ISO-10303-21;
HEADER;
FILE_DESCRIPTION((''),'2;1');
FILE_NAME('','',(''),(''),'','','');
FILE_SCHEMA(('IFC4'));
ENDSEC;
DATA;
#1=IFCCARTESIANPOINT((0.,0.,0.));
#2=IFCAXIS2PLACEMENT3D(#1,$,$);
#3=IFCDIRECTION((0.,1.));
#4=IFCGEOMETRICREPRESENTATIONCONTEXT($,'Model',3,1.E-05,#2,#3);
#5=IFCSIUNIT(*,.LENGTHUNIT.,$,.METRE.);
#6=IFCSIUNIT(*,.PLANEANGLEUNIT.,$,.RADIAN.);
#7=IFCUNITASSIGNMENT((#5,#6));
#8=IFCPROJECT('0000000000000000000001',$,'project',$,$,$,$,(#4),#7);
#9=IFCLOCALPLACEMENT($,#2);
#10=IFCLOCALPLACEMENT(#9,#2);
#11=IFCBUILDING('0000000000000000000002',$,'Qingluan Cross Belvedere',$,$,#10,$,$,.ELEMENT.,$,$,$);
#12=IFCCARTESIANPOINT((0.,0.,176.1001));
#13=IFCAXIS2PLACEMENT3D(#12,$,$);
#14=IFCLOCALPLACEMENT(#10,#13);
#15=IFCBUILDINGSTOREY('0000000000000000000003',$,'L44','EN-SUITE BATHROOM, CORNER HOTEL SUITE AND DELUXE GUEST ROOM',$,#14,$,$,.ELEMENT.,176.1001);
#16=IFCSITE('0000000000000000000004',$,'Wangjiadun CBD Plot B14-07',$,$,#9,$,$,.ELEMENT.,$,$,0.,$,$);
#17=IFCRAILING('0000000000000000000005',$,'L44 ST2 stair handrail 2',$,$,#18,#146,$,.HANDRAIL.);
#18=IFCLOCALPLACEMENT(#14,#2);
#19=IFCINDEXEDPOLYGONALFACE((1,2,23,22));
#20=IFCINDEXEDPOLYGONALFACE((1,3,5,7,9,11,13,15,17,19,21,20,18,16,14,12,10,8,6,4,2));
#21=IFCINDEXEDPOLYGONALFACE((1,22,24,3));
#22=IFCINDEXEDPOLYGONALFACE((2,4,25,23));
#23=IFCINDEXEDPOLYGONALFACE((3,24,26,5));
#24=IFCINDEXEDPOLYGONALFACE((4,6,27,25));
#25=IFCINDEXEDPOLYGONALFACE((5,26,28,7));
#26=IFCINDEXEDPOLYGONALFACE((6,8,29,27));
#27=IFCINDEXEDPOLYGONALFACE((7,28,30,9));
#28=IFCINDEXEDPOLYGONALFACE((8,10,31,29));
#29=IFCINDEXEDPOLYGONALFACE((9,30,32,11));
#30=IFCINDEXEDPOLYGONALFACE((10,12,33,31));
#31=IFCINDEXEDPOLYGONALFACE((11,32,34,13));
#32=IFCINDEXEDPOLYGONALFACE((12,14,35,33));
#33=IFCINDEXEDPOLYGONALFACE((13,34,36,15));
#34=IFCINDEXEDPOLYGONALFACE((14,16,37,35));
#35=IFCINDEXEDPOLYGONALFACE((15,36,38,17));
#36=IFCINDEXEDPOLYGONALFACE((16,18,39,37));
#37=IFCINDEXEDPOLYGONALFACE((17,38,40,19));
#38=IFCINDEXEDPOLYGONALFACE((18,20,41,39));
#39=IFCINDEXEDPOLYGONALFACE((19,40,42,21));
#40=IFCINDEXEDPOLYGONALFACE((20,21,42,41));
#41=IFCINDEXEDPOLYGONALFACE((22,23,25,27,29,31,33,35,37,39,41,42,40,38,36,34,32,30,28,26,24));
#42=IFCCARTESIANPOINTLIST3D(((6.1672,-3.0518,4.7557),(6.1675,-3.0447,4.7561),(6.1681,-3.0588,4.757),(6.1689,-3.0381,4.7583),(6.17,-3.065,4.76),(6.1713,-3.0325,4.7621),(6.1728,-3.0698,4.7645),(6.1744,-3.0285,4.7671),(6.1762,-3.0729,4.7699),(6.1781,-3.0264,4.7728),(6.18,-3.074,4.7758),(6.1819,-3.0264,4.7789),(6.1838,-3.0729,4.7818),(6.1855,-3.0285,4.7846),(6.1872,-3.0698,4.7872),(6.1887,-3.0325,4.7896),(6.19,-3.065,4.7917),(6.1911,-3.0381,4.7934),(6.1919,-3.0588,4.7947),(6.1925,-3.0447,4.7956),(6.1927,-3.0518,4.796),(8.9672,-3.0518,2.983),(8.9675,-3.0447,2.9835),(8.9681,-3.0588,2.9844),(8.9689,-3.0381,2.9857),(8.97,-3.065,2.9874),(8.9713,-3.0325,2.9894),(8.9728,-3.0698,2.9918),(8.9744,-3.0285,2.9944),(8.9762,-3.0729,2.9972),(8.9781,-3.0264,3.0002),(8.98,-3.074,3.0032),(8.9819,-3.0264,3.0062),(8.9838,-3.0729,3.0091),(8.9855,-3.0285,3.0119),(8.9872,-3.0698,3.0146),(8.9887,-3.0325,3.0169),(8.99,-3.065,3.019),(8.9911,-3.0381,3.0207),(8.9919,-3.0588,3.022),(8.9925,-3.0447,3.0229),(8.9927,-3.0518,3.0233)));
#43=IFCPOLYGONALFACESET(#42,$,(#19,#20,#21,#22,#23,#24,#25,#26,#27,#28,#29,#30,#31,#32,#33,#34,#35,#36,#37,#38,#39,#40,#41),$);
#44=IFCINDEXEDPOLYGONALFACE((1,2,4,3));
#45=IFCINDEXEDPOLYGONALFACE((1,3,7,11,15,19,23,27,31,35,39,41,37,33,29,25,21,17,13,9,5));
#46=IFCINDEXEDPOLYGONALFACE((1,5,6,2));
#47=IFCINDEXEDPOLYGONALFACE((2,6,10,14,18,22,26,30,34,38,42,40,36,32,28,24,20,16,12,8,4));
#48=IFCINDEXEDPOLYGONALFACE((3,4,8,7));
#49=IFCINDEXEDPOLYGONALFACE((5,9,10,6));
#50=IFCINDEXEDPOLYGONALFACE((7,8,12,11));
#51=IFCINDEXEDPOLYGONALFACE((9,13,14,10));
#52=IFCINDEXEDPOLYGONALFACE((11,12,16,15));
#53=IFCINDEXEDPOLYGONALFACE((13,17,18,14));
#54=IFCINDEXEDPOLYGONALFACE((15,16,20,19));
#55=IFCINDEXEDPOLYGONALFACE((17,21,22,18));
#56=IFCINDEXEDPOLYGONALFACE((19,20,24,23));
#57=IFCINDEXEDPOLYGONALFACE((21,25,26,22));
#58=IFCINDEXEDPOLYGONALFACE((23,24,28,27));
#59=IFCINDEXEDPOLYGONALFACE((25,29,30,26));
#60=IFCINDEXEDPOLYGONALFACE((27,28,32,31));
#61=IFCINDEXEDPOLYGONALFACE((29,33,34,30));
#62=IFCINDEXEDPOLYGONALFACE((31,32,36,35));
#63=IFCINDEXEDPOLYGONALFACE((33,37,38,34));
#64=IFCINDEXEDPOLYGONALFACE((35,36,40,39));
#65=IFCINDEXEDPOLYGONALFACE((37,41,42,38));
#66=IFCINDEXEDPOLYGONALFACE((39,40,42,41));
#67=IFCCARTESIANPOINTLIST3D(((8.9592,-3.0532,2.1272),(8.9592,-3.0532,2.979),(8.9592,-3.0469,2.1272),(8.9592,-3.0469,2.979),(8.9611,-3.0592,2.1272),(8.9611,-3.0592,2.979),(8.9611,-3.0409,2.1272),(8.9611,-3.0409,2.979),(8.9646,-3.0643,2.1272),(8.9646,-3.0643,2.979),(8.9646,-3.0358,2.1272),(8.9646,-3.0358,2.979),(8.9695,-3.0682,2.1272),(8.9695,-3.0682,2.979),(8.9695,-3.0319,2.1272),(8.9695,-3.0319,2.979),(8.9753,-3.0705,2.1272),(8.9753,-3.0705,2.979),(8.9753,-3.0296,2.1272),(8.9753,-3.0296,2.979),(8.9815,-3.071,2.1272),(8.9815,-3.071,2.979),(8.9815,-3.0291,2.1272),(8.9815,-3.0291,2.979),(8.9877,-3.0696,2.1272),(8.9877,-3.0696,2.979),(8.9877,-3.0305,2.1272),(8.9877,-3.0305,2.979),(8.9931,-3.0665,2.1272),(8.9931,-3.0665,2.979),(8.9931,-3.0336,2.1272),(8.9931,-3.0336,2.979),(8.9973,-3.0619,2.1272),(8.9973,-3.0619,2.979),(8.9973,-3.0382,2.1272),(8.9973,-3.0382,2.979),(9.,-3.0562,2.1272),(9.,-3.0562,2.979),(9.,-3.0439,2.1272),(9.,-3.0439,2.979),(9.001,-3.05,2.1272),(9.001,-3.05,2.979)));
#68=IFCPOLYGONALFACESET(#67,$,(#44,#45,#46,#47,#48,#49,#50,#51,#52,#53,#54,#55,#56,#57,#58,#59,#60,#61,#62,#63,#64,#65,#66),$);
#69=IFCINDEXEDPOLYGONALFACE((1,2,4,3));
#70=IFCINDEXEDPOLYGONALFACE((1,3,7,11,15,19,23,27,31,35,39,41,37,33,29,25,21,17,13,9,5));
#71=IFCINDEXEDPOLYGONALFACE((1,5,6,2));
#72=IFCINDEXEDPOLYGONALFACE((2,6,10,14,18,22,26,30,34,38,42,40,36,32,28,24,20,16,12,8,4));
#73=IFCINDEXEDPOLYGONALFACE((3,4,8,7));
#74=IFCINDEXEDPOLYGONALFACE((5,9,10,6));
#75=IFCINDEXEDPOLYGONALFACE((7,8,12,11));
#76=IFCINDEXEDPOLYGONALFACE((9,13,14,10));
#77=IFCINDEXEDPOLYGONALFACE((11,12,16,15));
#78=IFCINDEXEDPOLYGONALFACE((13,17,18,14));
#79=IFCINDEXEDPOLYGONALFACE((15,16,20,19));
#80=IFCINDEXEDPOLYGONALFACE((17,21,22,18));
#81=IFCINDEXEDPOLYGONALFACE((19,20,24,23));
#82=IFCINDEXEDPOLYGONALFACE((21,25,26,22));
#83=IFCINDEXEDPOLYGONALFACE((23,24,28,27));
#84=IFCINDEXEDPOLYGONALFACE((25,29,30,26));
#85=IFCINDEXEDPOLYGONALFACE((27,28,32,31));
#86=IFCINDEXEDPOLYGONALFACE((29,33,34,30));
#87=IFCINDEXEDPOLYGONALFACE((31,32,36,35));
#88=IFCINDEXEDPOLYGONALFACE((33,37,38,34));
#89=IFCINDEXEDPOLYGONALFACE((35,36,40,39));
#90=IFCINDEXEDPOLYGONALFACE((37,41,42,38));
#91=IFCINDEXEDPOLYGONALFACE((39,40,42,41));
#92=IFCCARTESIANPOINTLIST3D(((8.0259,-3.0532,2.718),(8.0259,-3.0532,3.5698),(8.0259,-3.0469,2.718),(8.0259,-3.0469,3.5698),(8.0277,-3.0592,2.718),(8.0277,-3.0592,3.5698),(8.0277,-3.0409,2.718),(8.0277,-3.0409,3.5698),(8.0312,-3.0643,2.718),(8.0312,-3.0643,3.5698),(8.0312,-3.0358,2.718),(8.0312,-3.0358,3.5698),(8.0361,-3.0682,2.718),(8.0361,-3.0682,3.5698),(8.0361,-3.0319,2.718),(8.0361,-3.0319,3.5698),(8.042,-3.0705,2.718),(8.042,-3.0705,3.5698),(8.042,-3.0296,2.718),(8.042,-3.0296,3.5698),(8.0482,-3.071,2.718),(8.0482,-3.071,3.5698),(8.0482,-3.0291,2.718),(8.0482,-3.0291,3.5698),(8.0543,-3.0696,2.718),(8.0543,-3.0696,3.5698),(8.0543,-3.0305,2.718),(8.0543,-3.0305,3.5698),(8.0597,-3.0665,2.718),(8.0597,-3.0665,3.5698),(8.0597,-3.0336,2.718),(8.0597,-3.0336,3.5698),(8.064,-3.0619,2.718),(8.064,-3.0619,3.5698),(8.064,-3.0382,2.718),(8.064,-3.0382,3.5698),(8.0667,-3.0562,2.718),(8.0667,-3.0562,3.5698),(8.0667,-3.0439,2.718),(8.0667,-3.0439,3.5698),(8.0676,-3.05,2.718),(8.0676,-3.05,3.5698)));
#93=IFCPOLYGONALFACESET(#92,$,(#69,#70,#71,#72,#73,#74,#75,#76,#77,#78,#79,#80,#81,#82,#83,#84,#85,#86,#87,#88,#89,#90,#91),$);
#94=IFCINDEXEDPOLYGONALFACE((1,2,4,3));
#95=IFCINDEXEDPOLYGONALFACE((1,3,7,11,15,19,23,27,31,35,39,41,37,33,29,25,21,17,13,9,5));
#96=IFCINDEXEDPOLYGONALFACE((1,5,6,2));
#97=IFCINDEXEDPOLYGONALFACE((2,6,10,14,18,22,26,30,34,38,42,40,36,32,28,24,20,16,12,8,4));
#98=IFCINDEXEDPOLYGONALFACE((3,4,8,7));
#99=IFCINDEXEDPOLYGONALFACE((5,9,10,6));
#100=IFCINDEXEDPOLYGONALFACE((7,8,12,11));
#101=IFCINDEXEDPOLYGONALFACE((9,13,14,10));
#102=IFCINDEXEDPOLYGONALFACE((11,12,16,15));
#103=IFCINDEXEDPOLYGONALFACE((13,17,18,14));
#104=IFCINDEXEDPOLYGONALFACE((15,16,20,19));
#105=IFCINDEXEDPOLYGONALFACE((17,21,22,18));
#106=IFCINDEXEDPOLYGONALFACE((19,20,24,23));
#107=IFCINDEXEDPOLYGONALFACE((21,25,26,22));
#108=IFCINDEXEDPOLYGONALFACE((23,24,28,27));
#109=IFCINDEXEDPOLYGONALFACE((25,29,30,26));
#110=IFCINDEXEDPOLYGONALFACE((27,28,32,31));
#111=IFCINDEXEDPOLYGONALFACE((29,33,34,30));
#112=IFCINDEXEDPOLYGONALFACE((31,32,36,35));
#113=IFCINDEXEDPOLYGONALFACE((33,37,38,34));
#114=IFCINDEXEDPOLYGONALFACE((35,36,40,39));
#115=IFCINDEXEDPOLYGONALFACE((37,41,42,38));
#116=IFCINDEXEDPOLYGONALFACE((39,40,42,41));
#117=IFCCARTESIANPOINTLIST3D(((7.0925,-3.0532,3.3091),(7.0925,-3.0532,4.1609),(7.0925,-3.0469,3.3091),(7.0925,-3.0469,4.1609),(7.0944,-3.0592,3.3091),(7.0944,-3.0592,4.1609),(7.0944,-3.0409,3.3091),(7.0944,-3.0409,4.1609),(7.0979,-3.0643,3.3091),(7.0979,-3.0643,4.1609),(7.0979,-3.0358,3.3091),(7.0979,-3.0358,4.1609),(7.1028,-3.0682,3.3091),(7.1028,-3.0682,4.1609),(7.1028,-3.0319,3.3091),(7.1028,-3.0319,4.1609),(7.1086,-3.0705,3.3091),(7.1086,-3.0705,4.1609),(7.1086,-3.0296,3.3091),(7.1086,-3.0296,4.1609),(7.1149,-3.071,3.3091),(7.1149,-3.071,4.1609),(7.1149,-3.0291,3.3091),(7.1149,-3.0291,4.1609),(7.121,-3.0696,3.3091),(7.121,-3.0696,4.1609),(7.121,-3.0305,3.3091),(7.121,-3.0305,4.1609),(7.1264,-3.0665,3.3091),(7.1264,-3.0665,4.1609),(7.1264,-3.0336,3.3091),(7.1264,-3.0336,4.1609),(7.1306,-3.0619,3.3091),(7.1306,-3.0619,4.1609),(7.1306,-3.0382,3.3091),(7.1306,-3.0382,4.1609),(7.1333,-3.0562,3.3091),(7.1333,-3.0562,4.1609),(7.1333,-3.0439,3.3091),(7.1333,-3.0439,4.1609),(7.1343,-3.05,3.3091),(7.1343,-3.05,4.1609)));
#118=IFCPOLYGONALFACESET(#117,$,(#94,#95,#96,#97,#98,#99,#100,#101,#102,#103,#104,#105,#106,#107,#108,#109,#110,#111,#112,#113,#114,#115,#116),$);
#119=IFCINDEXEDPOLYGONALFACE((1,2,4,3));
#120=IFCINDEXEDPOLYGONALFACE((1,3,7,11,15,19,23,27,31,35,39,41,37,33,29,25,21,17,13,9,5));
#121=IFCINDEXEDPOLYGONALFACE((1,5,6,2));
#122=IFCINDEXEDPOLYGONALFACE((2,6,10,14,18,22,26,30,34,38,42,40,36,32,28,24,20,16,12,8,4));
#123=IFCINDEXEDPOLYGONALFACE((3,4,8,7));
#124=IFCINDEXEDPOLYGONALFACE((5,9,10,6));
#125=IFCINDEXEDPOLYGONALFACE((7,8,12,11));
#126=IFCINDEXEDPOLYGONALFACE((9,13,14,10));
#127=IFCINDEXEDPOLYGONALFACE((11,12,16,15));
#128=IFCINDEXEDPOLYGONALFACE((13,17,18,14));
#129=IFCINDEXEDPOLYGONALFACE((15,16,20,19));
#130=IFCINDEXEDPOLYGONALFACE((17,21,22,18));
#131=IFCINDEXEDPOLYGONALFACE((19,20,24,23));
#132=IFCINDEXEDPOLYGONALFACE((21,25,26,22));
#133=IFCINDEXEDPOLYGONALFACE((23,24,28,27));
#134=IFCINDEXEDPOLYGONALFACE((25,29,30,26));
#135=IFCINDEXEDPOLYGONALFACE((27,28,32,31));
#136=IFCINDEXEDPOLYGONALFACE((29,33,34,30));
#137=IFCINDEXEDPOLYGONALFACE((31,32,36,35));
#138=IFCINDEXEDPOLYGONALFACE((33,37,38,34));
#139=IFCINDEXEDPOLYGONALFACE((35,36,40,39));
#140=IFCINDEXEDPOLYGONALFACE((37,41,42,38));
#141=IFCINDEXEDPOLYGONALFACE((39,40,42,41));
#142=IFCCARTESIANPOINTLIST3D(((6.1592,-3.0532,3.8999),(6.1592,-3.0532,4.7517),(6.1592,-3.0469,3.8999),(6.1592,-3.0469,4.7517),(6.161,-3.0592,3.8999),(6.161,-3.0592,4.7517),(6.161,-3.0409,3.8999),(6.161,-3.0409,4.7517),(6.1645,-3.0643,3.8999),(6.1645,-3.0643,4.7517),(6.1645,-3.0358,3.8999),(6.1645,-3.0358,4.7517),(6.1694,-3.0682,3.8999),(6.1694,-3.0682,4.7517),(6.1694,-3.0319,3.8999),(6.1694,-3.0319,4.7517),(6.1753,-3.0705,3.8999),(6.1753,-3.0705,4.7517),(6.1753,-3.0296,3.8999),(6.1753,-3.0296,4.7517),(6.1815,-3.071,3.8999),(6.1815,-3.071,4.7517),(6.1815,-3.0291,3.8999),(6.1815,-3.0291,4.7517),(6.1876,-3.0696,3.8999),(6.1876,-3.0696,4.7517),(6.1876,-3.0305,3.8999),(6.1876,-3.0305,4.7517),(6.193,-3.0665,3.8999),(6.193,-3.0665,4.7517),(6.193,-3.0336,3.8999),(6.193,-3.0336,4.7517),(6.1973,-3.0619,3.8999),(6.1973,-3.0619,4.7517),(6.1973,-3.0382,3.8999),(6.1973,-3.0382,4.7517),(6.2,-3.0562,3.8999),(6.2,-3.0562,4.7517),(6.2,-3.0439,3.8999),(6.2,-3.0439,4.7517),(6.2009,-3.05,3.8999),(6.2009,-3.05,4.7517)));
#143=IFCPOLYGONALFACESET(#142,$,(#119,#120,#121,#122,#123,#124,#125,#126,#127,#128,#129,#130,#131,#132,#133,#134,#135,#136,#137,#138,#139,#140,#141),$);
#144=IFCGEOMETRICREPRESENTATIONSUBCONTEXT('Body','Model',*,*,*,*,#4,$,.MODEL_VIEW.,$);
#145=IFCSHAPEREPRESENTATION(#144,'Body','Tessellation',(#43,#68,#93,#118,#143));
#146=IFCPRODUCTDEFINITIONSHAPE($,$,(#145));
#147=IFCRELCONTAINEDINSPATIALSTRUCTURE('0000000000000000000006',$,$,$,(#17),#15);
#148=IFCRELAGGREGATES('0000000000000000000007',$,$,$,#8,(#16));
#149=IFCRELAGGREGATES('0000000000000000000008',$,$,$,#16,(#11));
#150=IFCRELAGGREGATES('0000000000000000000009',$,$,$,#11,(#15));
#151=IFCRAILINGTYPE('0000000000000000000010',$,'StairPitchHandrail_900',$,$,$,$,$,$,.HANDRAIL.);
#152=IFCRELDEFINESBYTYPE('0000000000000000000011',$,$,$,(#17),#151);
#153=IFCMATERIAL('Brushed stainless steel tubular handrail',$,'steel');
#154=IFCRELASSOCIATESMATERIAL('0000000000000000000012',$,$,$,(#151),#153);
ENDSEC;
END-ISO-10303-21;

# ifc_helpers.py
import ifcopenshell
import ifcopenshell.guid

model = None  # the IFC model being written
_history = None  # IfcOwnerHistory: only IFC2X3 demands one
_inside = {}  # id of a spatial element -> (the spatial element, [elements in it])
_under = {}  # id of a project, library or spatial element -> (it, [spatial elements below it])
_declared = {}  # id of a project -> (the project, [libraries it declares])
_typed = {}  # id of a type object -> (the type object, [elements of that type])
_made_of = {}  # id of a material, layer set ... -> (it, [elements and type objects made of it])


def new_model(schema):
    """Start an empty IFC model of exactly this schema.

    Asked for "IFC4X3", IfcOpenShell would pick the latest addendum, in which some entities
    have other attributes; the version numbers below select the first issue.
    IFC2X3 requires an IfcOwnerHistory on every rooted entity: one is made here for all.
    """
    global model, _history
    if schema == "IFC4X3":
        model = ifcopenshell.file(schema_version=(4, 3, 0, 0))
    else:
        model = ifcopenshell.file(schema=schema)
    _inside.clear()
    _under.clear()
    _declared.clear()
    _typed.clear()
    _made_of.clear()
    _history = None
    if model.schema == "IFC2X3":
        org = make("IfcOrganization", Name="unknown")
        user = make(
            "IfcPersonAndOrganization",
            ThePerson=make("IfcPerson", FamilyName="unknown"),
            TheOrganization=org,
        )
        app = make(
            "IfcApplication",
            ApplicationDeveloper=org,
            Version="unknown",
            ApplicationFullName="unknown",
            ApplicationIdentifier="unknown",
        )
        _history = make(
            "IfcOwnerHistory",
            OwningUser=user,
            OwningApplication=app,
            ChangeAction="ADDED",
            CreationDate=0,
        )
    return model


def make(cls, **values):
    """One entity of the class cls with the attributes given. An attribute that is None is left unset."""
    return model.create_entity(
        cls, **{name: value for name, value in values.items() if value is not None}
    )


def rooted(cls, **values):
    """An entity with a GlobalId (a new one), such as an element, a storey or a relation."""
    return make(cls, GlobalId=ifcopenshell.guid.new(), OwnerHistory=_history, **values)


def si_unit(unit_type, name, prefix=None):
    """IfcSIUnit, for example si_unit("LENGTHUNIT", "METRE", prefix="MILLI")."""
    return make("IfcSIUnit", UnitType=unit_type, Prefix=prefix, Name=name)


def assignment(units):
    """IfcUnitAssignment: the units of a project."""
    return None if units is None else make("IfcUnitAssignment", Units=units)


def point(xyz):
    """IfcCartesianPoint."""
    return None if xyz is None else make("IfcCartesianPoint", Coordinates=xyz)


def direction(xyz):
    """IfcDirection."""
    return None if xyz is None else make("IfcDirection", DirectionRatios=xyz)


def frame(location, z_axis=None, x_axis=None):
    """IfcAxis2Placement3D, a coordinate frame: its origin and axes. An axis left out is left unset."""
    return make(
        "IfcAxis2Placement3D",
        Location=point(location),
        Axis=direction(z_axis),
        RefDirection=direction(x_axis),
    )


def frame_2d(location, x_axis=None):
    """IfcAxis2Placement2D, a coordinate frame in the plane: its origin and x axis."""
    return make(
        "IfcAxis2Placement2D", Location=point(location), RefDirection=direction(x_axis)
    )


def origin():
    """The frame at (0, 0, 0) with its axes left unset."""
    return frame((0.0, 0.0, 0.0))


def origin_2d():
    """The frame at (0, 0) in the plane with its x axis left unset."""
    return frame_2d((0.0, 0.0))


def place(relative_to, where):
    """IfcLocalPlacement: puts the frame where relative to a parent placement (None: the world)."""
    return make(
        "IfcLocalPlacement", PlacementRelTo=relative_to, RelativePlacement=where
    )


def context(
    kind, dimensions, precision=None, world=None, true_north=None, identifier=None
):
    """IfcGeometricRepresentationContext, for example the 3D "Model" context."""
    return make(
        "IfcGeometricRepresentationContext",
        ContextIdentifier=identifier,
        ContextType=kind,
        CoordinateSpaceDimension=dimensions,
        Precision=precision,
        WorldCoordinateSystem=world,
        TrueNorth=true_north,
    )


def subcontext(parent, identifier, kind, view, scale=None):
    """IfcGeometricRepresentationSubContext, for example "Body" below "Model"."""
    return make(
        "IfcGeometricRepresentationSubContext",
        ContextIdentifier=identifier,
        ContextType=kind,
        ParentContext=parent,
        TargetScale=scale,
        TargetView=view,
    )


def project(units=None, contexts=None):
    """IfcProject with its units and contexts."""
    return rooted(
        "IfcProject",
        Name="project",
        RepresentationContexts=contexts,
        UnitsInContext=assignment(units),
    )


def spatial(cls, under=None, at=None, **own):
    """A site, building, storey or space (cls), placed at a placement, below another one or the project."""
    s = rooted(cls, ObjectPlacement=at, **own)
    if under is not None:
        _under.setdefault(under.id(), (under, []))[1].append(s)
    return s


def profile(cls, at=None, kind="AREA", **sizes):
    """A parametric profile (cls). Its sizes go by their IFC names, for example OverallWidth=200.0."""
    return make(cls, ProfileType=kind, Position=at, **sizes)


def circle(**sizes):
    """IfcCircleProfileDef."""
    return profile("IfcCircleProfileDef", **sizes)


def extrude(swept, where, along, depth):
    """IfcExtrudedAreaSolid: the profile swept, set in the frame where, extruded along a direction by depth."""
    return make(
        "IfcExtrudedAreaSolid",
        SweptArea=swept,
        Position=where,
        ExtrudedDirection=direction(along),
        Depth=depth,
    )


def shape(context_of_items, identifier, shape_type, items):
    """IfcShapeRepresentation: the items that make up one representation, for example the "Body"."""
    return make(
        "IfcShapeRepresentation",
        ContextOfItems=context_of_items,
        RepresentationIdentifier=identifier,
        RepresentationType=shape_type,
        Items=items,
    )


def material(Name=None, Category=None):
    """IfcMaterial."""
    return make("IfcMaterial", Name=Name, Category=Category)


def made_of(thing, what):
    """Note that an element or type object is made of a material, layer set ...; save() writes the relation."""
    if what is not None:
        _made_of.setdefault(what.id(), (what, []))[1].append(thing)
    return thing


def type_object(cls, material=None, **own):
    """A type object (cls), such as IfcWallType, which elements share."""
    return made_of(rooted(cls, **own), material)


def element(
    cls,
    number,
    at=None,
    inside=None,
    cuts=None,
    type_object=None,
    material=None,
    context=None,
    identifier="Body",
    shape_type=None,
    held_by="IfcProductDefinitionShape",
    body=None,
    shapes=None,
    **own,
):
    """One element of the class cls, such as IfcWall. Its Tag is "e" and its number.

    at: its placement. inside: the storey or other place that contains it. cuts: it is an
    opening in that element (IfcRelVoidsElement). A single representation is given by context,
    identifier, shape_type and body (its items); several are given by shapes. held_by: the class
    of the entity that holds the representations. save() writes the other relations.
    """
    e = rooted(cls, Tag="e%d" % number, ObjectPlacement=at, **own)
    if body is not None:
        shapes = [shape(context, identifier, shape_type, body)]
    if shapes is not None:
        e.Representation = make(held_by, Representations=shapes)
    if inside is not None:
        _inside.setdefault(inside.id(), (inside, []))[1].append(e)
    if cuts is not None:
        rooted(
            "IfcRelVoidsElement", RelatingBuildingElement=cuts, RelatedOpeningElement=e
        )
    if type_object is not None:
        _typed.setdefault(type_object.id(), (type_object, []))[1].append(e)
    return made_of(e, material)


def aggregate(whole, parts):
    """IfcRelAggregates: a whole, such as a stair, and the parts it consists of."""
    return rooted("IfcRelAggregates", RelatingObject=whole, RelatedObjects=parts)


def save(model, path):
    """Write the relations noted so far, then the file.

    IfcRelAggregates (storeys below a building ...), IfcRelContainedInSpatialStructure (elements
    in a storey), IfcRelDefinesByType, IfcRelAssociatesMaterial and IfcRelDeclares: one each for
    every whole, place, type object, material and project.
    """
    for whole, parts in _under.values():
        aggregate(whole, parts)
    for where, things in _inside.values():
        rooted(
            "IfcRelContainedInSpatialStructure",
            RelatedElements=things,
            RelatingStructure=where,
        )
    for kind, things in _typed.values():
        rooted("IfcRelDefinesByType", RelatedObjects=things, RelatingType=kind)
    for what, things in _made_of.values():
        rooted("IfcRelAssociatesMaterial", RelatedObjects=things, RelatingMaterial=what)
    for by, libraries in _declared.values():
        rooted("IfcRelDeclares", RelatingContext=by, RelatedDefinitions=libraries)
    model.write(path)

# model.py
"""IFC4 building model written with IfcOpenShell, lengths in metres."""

from ifc_helpers import new_model, si_unit, direction, frame, origin, origin_2d, place, context, subcontext, project, spatial, circle, extrude, material, type_object, element, save


model = new_model("IFC4")

# Units and contexts
model_context = context("Model", 3, precision=1e-05, world=origin(), true_north=direction((0.0, 1.0)))
body_context = subcontext(model_context, "Body", "Model", "MODEL_VIEW")
ifc_project = project(units=[si_unit("LENGTHUNIT", "METRE"), si_unit("PLANEANGLEUNIT", "RADIAN")], contexts=[model_context])

# Site, building, storey
site_placement = place(None, origin())
site = spatial("IfcSite", under=ifc_project, at=site_placement, Name="Wangjiadun CBD Plot B14-07", CompositionType="ELEMENT", RefElevation=0.0)
building_placement = place(site_placement, origin())
building = spatial("IfcBuilding", under=site, at=building_placement, Name="Qingluan Cross Belvedere", CompositionType="ELEMENT")
storey_placement = place(building_placement, frame((0.0, 0.0, 176.1001)))
storey = spatial("IfcBuildingStorey", under=building, at=storey_placement, Name="L44", Description="EN-SUITE BATHROOM, CORNER HOTEL SUITE AND DELUXE GUEST ROOM", CompositionType="ELEMENT", Elevation=176.1001)

# Railing
ifc_material_1 = material(Name="Brushed stainless steel tubular handrail", Category="steel")
railing_type_1 = type_object("IfcRailingType", Name="StairPitchHandrail_900", PredefinedType="HANDRAIL", material=ifc_material_1)
railing_1_placement = place(storey_placement, frame((8.98, -3.05, 2.1272)))
element("IfcRailing", 1, at=railing_1_placement, inside=storey, type_object=railing_type_1, Name="L44 ST2 stair handrail 2", PredefinedType="HANDRAIL", context=body_context, shape_type="SweptSolid", body=[
    extrude(circle(Radius=0.0239, at=origin_2d()), frame((0.0, 0.0, 0.876), z_axis=(-0.844909, 0.0, 0.53491), x_axis=(0.0, -1.0, 0.0)), (0.0, 0.0, 1.0), 3.314),
    extrude(circle(Radius=0.021, at=origin_2d()), origin(), (0.0, 0.0, 1.0), 0.8518),
    extrude(circle(Radius=0.021, at=origin_2d()), frame((-0.9333, 0.0, 0.5908)), (0.0, 0.0, 1.0), 0.8518),
    extrude(circle(Radius=0.021, at=origin_2d()), frame((-1.8667, 0.0, 1.1819)), (0.0, 0.0, 1.0), 0.8518),
    extrude(circle(Radius=0.021, at=origin_2d()), frame((-2.8, 0.0, 1.7727)), (0.0, 0.0, 1.0), 0.8518),
])

save(model, "model.ifc")
